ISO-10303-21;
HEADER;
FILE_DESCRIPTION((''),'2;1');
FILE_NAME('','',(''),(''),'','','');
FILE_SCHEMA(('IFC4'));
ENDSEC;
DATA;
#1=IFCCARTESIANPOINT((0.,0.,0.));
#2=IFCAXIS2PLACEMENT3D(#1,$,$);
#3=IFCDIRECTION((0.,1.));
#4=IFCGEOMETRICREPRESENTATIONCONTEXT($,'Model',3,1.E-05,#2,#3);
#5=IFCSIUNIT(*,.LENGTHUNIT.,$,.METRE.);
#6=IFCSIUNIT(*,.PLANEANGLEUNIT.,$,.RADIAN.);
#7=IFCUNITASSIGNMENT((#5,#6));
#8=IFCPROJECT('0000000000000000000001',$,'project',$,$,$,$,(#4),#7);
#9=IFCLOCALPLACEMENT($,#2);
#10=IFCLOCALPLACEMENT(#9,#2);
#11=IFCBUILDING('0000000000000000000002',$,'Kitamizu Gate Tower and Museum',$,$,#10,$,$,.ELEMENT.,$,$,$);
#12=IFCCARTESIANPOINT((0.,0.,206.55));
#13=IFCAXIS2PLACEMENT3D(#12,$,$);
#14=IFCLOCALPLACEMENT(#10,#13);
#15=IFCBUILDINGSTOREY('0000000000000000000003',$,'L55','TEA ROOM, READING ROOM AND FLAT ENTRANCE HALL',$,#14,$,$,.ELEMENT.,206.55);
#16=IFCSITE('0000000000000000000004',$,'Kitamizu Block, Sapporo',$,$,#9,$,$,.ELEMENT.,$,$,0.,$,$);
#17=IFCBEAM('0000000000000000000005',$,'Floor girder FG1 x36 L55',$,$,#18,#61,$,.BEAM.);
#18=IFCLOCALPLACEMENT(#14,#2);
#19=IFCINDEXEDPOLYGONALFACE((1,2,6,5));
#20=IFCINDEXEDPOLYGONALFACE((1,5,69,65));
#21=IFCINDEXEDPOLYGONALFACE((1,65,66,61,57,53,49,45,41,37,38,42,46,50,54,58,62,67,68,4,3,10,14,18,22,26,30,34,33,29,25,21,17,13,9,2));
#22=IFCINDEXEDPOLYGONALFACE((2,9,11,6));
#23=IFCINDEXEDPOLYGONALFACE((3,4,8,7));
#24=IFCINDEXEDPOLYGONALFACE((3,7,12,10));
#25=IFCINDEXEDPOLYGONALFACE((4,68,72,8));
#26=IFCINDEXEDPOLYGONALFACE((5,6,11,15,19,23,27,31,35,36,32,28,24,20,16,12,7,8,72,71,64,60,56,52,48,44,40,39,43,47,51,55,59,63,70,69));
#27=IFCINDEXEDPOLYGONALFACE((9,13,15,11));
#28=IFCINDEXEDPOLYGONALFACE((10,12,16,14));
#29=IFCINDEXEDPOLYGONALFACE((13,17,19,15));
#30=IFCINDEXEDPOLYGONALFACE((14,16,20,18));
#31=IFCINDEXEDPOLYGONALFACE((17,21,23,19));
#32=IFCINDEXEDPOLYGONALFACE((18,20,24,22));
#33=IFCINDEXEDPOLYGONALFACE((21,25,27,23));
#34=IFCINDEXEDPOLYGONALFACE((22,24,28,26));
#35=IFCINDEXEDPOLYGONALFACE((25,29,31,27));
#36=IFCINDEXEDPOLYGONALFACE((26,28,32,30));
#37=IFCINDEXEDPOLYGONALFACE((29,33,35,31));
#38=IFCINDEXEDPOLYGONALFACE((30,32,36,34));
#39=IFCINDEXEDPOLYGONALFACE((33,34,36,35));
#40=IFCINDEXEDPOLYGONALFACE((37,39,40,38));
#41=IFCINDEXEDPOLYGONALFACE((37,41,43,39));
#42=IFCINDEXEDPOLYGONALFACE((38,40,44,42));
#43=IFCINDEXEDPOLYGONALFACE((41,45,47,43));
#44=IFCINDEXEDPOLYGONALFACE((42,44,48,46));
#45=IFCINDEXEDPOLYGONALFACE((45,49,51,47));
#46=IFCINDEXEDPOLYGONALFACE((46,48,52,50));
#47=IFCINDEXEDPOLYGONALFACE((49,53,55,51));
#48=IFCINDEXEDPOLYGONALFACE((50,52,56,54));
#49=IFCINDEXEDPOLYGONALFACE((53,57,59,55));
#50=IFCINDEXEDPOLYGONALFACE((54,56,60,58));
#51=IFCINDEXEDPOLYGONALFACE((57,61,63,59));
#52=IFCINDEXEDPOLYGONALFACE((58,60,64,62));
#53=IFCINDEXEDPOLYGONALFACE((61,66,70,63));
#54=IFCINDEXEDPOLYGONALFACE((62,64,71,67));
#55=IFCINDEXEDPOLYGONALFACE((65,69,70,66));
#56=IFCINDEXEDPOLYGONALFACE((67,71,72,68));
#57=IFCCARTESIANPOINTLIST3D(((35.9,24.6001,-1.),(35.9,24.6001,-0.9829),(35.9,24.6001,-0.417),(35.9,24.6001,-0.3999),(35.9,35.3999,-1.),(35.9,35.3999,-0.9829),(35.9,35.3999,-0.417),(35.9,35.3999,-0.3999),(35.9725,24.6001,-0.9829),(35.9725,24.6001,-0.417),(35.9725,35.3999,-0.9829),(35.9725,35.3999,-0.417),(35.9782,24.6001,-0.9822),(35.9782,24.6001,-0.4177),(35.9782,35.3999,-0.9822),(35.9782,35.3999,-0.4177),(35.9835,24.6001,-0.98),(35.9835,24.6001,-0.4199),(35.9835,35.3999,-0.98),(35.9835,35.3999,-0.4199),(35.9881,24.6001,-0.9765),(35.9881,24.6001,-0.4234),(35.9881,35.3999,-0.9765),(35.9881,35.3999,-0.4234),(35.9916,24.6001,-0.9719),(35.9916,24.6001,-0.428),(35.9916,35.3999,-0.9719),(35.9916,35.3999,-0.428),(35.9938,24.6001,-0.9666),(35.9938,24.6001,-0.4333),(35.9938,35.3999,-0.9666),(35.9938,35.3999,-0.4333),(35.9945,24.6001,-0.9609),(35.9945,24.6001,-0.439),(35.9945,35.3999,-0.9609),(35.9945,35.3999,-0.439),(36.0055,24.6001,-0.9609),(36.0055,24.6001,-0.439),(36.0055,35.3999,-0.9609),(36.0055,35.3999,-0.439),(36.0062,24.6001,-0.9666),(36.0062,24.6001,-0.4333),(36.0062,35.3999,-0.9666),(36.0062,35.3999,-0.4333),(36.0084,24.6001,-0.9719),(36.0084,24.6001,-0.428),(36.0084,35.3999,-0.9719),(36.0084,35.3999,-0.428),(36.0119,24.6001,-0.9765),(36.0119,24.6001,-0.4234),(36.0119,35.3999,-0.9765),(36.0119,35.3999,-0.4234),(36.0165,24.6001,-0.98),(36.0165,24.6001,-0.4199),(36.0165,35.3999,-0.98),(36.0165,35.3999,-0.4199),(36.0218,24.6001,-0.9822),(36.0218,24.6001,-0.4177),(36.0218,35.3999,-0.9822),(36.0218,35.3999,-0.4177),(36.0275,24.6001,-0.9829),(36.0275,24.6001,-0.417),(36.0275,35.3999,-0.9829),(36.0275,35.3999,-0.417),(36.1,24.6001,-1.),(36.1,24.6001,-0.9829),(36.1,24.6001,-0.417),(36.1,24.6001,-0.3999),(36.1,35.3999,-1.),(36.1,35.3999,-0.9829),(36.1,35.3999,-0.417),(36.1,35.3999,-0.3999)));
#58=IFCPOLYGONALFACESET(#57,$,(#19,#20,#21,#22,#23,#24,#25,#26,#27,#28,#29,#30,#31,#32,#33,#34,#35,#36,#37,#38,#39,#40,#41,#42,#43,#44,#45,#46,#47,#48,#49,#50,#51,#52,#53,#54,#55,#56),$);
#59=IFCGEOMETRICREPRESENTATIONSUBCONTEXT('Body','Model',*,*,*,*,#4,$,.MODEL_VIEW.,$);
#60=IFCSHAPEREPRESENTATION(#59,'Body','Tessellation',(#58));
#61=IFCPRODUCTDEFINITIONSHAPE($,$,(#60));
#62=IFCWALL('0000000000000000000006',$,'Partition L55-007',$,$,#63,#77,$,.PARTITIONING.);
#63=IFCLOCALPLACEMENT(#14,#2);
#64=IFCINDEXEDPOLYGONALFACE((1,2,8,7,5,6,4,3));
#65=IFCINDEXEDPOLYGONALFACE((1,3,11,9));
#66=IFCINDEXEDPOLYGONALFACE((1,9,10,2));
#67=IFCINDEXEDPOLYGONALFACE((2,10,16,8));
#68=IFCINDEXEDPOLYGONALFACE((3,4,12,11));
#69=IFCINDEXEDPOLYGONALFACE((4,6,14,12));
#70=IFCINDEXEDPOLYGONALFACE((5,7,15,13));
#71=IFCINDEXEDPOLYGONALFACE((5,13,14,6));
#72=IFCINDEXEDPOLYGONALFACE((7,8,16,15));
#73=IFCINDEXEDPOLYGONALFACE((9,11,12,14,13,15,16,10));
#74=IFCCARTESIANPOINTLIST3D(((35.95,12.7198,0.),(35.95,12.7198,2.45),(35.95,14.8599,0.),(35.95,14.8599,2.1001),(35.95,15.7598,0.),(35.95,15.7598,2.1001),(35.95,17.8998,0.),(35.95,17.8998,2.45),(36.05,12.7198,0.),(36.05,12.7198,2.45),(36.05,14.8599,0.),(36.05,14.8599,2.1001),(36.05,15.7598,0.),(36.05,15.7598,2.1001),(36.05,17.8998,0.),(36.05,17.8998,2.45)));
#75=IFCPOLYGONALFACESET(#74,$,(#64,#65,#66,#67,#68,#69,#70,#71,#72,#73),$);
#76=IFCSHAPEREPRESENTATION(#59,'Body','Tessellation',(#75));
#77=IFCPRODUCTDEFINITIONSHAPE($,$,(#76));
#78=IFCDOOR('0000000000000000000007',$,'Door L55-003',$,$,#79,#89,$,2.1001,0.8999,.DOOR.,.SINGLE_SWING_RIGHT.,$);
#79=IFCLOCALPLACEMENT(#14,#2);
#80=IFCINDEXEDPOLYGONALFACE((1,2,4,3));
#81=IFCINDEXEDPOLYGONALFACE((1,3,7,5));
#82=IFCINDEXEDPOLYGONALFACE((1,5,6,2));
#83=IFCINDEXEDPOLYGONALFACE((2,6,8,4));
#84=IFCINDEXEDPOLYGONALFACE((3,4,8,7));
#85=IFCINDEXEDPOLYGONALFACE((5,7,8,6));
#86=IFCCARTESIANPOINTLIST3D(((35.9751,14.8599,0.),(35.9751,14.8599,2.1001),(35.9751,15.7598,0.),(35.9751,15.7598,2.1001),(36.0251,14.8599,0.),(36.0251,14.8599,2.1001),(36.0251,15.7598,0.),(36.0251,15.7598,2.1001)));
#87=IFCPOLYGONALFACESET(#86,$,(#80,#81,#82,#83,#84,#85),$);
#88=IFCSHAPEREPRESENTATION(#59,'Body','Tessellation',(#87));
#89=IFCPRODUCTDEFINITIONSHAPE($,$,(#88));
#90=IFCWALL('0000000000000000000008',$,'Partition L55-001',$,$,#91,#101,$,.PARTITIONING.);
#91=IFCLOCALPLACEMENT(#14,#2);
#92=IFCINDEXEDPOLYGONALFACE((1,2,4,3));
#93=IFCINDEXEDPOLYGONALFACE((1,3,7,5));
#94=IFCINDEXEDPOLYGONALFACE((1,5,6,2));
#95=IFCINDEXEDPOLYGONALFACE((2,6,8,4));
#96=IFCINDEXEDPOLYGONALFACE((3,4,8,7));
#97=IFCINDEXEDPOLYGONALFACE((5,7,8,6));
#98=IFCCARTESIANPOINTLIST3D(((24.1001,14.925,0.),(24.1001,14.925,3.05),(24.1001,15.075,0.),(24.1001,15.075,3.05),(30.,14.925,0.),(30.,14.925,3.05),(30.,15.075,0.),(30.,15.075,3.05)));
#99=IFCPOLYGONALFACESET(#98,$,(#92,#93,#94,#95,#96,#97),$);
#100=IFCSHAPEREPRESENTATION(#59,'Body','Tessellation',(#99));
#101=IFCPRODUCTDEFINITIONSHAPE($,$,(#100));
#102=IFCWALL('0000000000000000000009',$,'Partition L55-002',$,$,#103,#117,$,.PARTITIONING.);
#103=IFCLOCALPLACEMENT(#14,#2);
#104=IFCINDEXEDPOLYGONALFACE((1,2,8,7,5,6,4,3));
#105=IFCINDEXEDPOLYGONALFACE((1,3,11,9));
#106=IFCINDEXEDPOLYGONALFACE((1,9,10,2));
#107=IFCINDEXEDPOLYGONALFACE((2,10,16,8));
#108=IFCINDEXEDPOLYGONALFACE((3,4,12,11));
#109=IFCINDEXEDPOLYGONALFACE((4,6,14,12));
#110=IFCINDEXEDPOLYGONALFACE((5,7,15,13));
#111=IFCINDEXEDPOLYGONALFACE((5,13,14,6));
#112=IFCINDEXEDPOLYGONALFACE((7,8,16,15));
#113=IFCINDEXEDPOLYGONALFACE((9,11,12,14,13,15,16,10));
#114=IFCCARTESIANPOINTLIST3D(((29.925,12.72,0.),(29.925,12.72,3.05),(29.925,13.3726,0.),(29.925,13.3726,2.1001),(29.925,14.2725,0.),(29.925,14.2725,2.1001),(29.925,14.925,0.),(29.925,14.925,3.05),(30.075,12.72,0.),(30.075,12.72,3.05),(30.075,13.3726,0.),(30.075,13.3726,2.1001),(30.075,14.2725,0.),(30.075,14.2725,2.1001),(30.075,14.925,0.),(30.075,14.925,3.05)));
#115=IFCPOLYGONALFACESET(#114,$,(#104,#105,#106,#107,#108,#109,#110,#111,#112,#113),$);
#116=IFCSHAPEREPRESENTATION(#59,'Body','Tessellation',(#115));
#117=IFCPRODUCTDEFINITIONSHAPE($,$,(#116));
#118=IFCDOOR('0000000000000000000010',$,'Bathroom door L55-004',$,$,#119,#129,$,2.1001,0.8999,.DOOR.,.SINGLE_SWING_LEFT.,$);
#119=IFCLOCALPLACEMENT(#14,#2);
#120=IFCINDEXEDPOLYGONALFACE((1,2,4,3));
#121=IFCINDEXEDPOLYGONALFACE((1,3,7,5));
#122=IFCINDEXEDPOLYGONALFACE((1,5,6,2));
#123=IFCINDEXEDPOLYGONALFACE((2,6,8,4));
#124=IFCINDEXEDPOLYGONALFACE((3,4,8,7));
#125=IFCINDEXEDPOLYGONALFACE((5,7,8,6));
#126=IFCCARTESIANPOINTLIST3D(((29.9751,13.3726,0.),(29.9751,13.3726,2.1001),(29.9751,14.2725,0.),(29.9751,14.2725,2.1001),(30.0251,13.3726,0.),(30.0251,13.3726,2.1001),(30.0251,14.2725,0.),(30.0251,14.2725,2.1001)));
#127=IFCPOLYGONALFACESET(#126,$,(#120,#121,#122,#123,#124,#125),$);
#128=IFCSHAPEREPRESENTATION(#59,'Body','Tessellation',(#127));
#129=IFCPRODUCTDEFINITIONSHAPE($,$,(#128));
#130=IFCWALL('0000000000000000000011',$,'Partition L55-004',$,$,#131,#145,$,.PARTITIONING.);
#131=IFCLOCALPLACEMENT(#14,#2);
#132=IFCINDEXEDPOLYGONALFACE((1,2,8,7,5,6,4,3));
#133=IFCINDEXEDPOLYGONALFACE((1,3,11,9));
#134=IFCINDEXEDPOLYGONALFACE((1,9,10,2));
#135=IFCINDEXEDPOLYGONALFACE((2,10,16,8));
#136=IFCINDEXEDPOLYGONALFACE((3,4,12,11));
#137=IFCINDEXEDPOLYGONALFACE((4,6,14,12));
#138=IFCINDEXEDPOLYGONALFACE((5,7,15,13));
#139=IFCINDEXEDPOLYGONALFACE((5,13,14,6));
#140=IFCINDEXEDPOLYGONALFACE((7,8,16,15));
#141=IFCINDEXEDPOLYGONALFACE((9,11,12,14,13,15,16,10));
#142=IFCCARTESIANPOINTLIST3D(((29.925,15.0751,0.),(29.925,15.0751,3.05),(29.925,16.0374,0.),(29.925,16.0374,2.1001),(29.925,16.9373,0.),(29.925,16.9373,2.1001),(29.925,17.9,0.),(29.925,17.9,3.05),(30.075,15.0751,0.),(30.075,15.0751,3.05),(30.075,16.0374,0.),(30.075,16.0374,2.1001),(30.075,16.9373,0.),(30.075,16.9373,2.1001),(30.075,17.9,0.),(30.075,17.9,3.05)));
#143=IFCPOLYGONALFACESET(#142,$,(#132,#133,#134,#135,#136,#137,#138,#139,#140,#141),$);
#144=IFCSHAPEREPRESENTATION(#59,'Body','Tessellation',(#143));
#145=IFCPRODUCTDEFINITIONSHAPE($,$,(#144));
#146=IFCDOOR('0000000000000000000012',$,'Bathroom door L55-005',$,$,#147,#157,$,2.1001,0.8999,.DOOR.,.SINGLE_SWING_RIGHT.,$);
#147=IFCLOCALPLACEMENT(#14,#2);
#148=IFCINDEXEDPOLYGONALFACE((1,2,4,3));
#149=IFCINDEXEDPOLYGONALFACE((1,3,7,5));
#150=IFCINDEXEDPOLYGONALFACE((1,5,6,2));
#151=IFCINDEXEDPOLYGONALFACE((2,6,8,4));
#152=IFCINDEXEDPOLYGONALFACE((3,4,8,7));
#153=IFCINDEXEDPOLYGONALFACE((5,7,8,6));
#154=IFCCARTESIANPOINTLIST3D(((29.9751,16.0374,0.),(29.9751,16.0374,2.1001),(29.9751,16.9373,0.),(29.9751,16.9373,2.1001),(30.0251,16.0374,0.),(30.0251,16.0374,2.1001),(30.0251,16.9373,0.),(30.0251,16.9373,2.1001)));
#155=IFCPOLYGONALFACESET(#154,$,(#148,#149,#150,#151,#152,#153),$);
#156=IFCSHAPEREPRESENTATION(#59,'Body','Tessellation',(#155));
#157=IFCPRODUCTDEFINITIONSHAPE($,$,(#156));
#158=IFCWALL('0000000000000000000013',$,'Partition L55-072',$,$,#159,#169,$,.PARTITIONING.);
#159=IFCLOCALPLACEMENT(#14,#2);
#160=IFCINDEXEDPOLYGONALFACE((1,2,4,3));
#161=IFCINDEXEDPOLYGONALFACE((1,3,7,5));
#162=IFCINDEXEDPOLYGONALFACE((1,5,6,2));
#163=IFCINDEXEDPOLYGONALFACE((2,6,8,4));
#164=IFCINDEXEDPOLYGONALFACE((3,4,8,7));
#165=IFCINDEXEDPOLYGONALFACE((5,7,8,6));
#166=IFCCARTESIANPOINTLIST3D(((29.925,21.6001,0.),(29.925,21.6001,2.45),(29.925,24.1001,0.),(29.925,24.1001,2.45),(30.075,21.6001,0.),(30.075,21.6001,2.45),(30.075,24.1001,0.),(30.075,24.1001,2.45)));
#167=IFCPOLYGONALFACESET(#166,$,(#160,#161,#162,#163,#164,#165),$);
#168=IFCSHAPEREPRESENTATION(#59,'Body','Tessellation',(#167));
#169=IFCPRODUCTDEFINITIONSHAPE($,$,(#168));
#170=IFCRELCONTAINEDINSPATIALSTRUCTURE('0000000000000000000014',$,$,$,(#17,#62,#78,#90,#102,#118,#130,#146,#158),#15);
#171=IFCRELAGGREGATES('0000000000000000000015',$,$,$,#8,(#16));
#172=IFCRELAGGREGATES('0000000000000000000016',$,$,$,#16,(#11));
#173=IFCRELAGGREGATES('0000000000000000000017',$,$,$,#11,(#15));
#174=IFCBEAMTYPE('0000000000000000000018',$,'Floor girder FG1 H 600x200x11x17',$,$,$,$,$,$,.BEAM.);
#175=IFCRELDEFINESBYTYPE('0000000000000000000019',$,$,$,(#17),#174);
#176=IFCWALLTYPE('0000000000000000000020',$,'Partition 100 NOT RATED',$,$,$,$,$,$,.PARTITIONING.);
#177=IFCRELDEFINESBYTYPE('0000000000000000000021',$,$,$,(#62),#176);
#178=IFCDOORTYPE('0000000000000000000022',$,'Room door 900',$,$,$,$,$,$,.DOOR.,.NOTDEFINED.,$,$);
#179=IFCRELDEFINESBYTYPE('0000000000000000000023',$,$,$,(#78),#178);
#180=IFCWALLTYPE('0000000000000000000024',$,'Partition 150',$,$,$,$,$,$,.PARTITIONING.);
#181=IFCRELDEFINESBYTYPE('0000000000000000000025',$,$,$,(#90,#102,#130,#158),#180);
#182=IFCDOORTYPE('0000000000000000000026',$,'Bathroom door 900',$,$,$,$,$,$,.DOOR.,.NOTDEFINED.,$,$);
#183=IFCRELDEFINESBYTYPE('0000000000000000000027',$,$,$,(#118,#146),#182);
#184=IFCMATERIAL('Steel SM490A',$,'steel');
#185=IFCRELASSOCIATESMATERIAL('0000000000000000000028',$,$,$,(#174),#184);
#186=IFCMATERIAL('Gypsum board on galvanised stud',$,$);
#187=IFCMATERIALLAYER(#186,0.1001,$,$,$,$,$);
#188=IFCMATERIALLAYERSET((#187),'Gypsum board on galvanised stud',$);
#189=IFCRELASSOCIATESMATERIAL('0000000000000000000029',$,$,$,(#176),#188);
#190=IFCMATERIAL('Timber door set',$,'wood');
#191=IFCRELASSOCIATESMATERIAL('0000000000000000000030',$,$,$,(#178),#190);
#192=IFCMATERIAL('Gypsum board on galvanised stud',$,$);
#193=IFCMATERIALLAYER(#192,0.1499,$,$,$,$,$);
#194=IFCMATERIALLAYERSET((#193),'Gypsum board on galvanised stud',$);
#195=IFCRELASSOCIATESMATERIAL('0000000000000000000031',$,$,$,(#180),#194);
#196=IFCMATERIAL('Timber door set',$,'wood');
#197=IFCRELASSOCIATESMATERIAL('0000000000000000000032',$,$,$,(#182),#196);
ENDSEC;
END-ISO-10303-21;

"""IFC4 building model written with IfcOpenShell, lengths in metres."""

from ifc_helpers import new_model, si_unit, direction, frame, frame_2d, origin, origin_2d, place, context, subcontext, project, spatial, rectangle, i_section, extrude, material, layer, layer_set, material_profile, profile_set, type_object, element, fill, save


model = new_model("IFC4")

# Units and contexts
model_context = context("Model", 3, precision=1e-05, world=origin(), true_north=direction((0.0, 1.0)))
body_context = subcontext(model_context, "Body", "Model", "MODEL_VIEW")
ifc_project = project(units=[si_unit("LENGTHUNIT", "METRE"), si_unit("PLANEANGLEUNIT", "RADIAN")], contexts=[model_context])

# Site, building, storey
site_placement = place(None, origin())
site = spatial("IfcSite", under=ifc_project, at=site_placement, Name="Kitamizu Block, Sapporo", CompositionType="ELEMENT", RefElevation=0.0)
building_placement = place(site_placement, origin())
building = spatial("IfcBuilding", under=site, at=building_placement, Name="Kitamizu Gate Tower and Museum", CompositionType="ELEMENT")
storey_placement = place(building_placement, frame((0.0, 0.0, 206.55)))
storey = spatial("IfcBuildingStorey", under=building, at=storey_placement, Name="L55", Description="TEA ROOM, READING ROOM AND FLAT ENTRANCE HALL", CompositionType="ELEMENT", Elevation=206.55)

# Beam
ifc_material_1 = material(Name="Steel SM490A", Category="steel")
ifc_material_profile_1 = material_profile(ifc_material_1, i_section(OverallWidth=0.2, OverallDepth=0.6001, WebThickness=0.011, FlangeThickness=0.0171, FilletRadius=0.022, at=origin_2d()), Name="H-600x200x11x17")
ifc_profile_set_1 = profile_set([ifc_material_profile_1], Name="Steel SM490A")
beam_type_1 = type_object("IfcBeamType", Name="Floor girder FG1 H 600x200x11x17", PredefinedType="BEAM", material=ifc_profile_set_1)
beam_1_placement = place(storey_placement, frame((36.0, 24.6001, -0.7), z_axis=(0.0, 1.0, 0.0), x_axis=(-1.0, 0.0, 0.0)))
element("IfcBeam", 1, at=beam_1_placement, inside=storey, type_object=beam_type_1, Name="Floor girder FG1 x36 L55", PredefinedType="BEAM", context=body_context, shape_type="SweptSolid", body=[
    extrude(i_section(OverallWidth=0.2, OverallDepth=0.6001, WebThickness=0.011, FlangeThickness=0.0171, FilletRadius=0.022, at=origin_2d()), origin(), (0.0, 0.0, 1.0), 10.7998),
])

# Wall, opening, door
ifc_material_2 = material(Name="Gypsum board on galvanised stud")
ifc_layer_1 = layer(ifc_material_2, 0.1001)
ifc_layer_set_1 = layer_set([ifc_layer_1], Name="Gypsum board on galvanised stud")
wall_type_1 = type_object("IfcWallType", Name="Partition 100 NOT RATED", PredefinedType="PARTITIONING", material=ifc_layer_set_1)
wall_1_placement = place(storey_placement, frame((36.0, 12.72, 0.0), z_axis=(0.0, 0.0, 1.0), x_axis=(0.0, 1.0, 0.0)))
wall_1 = element("IfcWall", 2, at=wall_1_placement, inside=storey, type_object=wall_type_1, Name="Partition L55-007", PredefinedType="PARTITIONING", context=body_context, shape_type="SweptSolid", body=[
    extrude(rectangle(XDim=5.1799, YDim=0.1001, at=frame_2d((2.5898, 0.0))), origin(), (0.0, 0.0, 1.0), 2.45),
])
opening_1_placement = place(wall_1_placement, frame((2.1399, 0.0, 0.0)))
opening_1 = element("IfcOpeningElement", 3, at=opening_1_placement, cuts=wall_1, PredefinedType="OPENING", context=body_context, shape_type="SweptSolid", body=[
    extrude(rectangle(XDim=0.8999, YDim=2.1001, at=frame_2d((0.45, 1.05))), frame((0.0, 0.0601, 0.0), z_axis=(0.0, -1.0, 0.0), x_axis=(1.0, 0.0, 0.0)), (0.0, 0.0, 1.0), 0.1201),
])
ifc_material_3 = material(Name="Timber door set", Category="wood")
door_type_1 = type_object("IfcDoorType", Name="Room door 900", OperationType="NOTDEFINED", PredefinedType="DOOR", material=ifc_material_3)
door_1_placement = place(opening_1_placement, origin())
door_1 = element("IfcDoor", 4, at=door_1_placement, inside=storey, type_object=door_type_1, Name="Door L55-003", OperationType="SINGLE_SWING_RIGHT", OverallHeight=2.1001, OverallWidth=0.8999, PredefinedType="DOOR", context=body_context, shape_type="SweptSolid", body=[
    extrude(rectangle(XDim=0.8999, YDim=2.1001, at=frame_2d((0.45, 1.05))), frame((0.0, 0.0249, 0.0), z_axis=(0.0, -1.0, 0.0), x_axis=(1.0, 0.0, 0.0)), (0.0, 0.0, 1.0), 0.05),
])
fill(opening_1, door_1)

# Wall
ifc_material_4 = material(Name="Gypsum board on galvanised stud")
ifc_layer_2 = layer(ifc_material_4, 0.1499)
ifc_layer_set_2 = layer_set([ifc_layer_2], Name="Gypsum board on galvanised stud")
wall_type_2 = type_object("IfcWallType", Name="Partition 150", PredefinedType="PARTITIONING", material=ifc_layer_set_2)
wall_2_placement = place(storey_placement, frame((30.0, 15.0, 0.0), z_axis=(0.0, 0.0, 1.0), x_axis=(-1.0, 0.0, 0.0)))
element("IfcWall", 5, at=wall_2_placement, inside=storey, type_object=wall_type_2, Name="Partition L55-001", PredefinedType="PARTITIONING", context=body_context, shape_type="SweptSolid", body=[
    extrude(rectangle(XDim=5.8999, YDim=0.1499, at=frame_2d((2.95, 0.0))), origin(), (0.0, 0.0, 1.0), 3.05),
])

# Walls, openings, doors
wall_3_placement = place(storey_placement, frame((30.0, 12.72, 0.0), z_axis=(0.0, 0.0, 1.0), x_axis=(0.0, 1.0, 0.0)))
wall_3 = element("IfcWall", 6, at=wall_3_placement, inside=storey, type_object=wall_type_2, Name="Partition L55-002", PredefinedType="PARTITIONING", context=body_context, shape_type="SweptSolid", body=[
    extrude(rectangle(XDim=2.2051, YDim=0.1499, at=frame_2d((1.1025, 0.0))), origin(), (0.0, 0.0, 1.0), 3.05),
])
opening_2_placement = place(wall_3_placement, frame((0.6526, 0.0, 0.0)))
opening_2 = element("IfcOpeningElement", 7, at=opening_2_placement, cuts=wall_3, PredefinedType="OPENING", context=body_context, shape_type="SweptSolid", body=[
    extrude(rectangle(XDim=0.8999, YDim=2.1001, at=frame_2d((0.45, 1.05))), frame((0.0, 0.085, 0.0), z_axis=(0.0, -1.0, 0.0), x_axis=(1.0, 0.0, 0.0)), (0.0, 0.0, 1.0), 0.1699),
])
ifc_material_5 = material(Name="Timber door set", Category="wood")
door_type_2 = type_object("IfcDoorType", Name="Bathroom door 900", OperationType="NOTDEFINED", PredefinedType="DOOR", material=ifc_material_5)
door_2_placement = place(opening_2_placement, origin())
door_2 = element("IfcDoor", 8, at=door_2_placement, inside=storey, type_object=door_type_2, Name="Bathroom door L55-004", OperationType="SINGLE_SWING_LEFT", OverallHeight=2.1001, OverallWidth=0.8999, PredefinedType="DOOR", context=body_context, shape_type="SweptSolid", body=[
    extrude(rectangle(XDim=0.8999, YDim=2.1001, at=frame_2d((0.45, 1.05))), frame((0.0, 0.0249, 0.0), z_axis=(0.0, -1.0, 0.0), x_axis=(1.0, 0.0, 0.0)), (0.0, 0.0, 1.0), 0.05),
])
fill(opening_2, door_2)
wall_4_placement = place(storey_placement, frame((30.0, 15.075, 0.0), z_axis=(0.0, 0.0, 1.0), x_axis=(0.0, 1.0, 0.0)))
wall_4 = element("IfcWall", 9, at=wall_4_placement, inside=storey, type_object=wall_type_2, Name="Partition L55-004", PredefinedType="PARTITIONING", context=body_context, shape_type="SweptSolid", body=[
    extrude(rectangle(XDim=2.825, YDim=0.1499, at=frame_2d((1.4126, 0.0))), origin(), (0.0, 0.0, 1.0), 3.05),
])
opening_3_placement = place(wall_4_placement, frame((0.9624, 0.0, 0.0)))
opening_3 = element("IfcOpeningElement", 10, at=opening_3_placement, cuts=wall_4, PredefinedType="OPENING", context=body_context, shape_type="SweptSolid", body=[
    extrude(rectangle(XDim=0.8999, YDim=2.1001, at=frame_2d((0.45, 1.05))), frame((0.0, 0.085, 0.0), z_axis=(0.0, -1.0, 0.0), x_axis=(1.0, 0.0, 0.0)), (0.0, 0.0, 1.0), 0.1699),
])
door_3_placement = place(opening_3_placement, origin())
door_3 = element("IfcDoor", 11, at=door_3_placement, inside=storey, type_object=door_type_2, Name="Bathroom door L55-005", OperationType="SINGLE_SWING_RIGHT", OverallHeight=2.1001, OverallWidth=0.8999, PredefinedType="DOOR", context=body_context, shape_type="SweptSolid", body=[
    extrude(rectangle(XDim=0.8999, YDim=2.1001, at=frame_2d((0.45, 1.05))), frame((0.0, 0.0249, 0.0), z_axis=(0.0, -1.0, 0.0), x_axis=(1.0, 0.0, 0.0)), (0.0, 0.0, 1.0), 0.05),
])
fill(opening_3, door_3)

# Wall
wall_5_placement = place(storey_placement, frame((30.0, 21.6001, 0.0), z_axis=(0.0, 0.0, 1.0), x_axis=(0.0, 1.0, 0.0)))
element("IfcWall", 12, at=wall_5_placement, inside=storey, type_object=wall_type_2, Name="Partition L55-072", PredefinedType="PARTITIONING", context=body_context, shape_type="SweptSolid", body=[
    extrude(rectangle(XDim=2.5, YDim=0.1499, at=frame_2d((1.25, 0.0))), origin(), (0.0, 0.0, 1.0), 2.45),
])

save(model, "model.ifc")
